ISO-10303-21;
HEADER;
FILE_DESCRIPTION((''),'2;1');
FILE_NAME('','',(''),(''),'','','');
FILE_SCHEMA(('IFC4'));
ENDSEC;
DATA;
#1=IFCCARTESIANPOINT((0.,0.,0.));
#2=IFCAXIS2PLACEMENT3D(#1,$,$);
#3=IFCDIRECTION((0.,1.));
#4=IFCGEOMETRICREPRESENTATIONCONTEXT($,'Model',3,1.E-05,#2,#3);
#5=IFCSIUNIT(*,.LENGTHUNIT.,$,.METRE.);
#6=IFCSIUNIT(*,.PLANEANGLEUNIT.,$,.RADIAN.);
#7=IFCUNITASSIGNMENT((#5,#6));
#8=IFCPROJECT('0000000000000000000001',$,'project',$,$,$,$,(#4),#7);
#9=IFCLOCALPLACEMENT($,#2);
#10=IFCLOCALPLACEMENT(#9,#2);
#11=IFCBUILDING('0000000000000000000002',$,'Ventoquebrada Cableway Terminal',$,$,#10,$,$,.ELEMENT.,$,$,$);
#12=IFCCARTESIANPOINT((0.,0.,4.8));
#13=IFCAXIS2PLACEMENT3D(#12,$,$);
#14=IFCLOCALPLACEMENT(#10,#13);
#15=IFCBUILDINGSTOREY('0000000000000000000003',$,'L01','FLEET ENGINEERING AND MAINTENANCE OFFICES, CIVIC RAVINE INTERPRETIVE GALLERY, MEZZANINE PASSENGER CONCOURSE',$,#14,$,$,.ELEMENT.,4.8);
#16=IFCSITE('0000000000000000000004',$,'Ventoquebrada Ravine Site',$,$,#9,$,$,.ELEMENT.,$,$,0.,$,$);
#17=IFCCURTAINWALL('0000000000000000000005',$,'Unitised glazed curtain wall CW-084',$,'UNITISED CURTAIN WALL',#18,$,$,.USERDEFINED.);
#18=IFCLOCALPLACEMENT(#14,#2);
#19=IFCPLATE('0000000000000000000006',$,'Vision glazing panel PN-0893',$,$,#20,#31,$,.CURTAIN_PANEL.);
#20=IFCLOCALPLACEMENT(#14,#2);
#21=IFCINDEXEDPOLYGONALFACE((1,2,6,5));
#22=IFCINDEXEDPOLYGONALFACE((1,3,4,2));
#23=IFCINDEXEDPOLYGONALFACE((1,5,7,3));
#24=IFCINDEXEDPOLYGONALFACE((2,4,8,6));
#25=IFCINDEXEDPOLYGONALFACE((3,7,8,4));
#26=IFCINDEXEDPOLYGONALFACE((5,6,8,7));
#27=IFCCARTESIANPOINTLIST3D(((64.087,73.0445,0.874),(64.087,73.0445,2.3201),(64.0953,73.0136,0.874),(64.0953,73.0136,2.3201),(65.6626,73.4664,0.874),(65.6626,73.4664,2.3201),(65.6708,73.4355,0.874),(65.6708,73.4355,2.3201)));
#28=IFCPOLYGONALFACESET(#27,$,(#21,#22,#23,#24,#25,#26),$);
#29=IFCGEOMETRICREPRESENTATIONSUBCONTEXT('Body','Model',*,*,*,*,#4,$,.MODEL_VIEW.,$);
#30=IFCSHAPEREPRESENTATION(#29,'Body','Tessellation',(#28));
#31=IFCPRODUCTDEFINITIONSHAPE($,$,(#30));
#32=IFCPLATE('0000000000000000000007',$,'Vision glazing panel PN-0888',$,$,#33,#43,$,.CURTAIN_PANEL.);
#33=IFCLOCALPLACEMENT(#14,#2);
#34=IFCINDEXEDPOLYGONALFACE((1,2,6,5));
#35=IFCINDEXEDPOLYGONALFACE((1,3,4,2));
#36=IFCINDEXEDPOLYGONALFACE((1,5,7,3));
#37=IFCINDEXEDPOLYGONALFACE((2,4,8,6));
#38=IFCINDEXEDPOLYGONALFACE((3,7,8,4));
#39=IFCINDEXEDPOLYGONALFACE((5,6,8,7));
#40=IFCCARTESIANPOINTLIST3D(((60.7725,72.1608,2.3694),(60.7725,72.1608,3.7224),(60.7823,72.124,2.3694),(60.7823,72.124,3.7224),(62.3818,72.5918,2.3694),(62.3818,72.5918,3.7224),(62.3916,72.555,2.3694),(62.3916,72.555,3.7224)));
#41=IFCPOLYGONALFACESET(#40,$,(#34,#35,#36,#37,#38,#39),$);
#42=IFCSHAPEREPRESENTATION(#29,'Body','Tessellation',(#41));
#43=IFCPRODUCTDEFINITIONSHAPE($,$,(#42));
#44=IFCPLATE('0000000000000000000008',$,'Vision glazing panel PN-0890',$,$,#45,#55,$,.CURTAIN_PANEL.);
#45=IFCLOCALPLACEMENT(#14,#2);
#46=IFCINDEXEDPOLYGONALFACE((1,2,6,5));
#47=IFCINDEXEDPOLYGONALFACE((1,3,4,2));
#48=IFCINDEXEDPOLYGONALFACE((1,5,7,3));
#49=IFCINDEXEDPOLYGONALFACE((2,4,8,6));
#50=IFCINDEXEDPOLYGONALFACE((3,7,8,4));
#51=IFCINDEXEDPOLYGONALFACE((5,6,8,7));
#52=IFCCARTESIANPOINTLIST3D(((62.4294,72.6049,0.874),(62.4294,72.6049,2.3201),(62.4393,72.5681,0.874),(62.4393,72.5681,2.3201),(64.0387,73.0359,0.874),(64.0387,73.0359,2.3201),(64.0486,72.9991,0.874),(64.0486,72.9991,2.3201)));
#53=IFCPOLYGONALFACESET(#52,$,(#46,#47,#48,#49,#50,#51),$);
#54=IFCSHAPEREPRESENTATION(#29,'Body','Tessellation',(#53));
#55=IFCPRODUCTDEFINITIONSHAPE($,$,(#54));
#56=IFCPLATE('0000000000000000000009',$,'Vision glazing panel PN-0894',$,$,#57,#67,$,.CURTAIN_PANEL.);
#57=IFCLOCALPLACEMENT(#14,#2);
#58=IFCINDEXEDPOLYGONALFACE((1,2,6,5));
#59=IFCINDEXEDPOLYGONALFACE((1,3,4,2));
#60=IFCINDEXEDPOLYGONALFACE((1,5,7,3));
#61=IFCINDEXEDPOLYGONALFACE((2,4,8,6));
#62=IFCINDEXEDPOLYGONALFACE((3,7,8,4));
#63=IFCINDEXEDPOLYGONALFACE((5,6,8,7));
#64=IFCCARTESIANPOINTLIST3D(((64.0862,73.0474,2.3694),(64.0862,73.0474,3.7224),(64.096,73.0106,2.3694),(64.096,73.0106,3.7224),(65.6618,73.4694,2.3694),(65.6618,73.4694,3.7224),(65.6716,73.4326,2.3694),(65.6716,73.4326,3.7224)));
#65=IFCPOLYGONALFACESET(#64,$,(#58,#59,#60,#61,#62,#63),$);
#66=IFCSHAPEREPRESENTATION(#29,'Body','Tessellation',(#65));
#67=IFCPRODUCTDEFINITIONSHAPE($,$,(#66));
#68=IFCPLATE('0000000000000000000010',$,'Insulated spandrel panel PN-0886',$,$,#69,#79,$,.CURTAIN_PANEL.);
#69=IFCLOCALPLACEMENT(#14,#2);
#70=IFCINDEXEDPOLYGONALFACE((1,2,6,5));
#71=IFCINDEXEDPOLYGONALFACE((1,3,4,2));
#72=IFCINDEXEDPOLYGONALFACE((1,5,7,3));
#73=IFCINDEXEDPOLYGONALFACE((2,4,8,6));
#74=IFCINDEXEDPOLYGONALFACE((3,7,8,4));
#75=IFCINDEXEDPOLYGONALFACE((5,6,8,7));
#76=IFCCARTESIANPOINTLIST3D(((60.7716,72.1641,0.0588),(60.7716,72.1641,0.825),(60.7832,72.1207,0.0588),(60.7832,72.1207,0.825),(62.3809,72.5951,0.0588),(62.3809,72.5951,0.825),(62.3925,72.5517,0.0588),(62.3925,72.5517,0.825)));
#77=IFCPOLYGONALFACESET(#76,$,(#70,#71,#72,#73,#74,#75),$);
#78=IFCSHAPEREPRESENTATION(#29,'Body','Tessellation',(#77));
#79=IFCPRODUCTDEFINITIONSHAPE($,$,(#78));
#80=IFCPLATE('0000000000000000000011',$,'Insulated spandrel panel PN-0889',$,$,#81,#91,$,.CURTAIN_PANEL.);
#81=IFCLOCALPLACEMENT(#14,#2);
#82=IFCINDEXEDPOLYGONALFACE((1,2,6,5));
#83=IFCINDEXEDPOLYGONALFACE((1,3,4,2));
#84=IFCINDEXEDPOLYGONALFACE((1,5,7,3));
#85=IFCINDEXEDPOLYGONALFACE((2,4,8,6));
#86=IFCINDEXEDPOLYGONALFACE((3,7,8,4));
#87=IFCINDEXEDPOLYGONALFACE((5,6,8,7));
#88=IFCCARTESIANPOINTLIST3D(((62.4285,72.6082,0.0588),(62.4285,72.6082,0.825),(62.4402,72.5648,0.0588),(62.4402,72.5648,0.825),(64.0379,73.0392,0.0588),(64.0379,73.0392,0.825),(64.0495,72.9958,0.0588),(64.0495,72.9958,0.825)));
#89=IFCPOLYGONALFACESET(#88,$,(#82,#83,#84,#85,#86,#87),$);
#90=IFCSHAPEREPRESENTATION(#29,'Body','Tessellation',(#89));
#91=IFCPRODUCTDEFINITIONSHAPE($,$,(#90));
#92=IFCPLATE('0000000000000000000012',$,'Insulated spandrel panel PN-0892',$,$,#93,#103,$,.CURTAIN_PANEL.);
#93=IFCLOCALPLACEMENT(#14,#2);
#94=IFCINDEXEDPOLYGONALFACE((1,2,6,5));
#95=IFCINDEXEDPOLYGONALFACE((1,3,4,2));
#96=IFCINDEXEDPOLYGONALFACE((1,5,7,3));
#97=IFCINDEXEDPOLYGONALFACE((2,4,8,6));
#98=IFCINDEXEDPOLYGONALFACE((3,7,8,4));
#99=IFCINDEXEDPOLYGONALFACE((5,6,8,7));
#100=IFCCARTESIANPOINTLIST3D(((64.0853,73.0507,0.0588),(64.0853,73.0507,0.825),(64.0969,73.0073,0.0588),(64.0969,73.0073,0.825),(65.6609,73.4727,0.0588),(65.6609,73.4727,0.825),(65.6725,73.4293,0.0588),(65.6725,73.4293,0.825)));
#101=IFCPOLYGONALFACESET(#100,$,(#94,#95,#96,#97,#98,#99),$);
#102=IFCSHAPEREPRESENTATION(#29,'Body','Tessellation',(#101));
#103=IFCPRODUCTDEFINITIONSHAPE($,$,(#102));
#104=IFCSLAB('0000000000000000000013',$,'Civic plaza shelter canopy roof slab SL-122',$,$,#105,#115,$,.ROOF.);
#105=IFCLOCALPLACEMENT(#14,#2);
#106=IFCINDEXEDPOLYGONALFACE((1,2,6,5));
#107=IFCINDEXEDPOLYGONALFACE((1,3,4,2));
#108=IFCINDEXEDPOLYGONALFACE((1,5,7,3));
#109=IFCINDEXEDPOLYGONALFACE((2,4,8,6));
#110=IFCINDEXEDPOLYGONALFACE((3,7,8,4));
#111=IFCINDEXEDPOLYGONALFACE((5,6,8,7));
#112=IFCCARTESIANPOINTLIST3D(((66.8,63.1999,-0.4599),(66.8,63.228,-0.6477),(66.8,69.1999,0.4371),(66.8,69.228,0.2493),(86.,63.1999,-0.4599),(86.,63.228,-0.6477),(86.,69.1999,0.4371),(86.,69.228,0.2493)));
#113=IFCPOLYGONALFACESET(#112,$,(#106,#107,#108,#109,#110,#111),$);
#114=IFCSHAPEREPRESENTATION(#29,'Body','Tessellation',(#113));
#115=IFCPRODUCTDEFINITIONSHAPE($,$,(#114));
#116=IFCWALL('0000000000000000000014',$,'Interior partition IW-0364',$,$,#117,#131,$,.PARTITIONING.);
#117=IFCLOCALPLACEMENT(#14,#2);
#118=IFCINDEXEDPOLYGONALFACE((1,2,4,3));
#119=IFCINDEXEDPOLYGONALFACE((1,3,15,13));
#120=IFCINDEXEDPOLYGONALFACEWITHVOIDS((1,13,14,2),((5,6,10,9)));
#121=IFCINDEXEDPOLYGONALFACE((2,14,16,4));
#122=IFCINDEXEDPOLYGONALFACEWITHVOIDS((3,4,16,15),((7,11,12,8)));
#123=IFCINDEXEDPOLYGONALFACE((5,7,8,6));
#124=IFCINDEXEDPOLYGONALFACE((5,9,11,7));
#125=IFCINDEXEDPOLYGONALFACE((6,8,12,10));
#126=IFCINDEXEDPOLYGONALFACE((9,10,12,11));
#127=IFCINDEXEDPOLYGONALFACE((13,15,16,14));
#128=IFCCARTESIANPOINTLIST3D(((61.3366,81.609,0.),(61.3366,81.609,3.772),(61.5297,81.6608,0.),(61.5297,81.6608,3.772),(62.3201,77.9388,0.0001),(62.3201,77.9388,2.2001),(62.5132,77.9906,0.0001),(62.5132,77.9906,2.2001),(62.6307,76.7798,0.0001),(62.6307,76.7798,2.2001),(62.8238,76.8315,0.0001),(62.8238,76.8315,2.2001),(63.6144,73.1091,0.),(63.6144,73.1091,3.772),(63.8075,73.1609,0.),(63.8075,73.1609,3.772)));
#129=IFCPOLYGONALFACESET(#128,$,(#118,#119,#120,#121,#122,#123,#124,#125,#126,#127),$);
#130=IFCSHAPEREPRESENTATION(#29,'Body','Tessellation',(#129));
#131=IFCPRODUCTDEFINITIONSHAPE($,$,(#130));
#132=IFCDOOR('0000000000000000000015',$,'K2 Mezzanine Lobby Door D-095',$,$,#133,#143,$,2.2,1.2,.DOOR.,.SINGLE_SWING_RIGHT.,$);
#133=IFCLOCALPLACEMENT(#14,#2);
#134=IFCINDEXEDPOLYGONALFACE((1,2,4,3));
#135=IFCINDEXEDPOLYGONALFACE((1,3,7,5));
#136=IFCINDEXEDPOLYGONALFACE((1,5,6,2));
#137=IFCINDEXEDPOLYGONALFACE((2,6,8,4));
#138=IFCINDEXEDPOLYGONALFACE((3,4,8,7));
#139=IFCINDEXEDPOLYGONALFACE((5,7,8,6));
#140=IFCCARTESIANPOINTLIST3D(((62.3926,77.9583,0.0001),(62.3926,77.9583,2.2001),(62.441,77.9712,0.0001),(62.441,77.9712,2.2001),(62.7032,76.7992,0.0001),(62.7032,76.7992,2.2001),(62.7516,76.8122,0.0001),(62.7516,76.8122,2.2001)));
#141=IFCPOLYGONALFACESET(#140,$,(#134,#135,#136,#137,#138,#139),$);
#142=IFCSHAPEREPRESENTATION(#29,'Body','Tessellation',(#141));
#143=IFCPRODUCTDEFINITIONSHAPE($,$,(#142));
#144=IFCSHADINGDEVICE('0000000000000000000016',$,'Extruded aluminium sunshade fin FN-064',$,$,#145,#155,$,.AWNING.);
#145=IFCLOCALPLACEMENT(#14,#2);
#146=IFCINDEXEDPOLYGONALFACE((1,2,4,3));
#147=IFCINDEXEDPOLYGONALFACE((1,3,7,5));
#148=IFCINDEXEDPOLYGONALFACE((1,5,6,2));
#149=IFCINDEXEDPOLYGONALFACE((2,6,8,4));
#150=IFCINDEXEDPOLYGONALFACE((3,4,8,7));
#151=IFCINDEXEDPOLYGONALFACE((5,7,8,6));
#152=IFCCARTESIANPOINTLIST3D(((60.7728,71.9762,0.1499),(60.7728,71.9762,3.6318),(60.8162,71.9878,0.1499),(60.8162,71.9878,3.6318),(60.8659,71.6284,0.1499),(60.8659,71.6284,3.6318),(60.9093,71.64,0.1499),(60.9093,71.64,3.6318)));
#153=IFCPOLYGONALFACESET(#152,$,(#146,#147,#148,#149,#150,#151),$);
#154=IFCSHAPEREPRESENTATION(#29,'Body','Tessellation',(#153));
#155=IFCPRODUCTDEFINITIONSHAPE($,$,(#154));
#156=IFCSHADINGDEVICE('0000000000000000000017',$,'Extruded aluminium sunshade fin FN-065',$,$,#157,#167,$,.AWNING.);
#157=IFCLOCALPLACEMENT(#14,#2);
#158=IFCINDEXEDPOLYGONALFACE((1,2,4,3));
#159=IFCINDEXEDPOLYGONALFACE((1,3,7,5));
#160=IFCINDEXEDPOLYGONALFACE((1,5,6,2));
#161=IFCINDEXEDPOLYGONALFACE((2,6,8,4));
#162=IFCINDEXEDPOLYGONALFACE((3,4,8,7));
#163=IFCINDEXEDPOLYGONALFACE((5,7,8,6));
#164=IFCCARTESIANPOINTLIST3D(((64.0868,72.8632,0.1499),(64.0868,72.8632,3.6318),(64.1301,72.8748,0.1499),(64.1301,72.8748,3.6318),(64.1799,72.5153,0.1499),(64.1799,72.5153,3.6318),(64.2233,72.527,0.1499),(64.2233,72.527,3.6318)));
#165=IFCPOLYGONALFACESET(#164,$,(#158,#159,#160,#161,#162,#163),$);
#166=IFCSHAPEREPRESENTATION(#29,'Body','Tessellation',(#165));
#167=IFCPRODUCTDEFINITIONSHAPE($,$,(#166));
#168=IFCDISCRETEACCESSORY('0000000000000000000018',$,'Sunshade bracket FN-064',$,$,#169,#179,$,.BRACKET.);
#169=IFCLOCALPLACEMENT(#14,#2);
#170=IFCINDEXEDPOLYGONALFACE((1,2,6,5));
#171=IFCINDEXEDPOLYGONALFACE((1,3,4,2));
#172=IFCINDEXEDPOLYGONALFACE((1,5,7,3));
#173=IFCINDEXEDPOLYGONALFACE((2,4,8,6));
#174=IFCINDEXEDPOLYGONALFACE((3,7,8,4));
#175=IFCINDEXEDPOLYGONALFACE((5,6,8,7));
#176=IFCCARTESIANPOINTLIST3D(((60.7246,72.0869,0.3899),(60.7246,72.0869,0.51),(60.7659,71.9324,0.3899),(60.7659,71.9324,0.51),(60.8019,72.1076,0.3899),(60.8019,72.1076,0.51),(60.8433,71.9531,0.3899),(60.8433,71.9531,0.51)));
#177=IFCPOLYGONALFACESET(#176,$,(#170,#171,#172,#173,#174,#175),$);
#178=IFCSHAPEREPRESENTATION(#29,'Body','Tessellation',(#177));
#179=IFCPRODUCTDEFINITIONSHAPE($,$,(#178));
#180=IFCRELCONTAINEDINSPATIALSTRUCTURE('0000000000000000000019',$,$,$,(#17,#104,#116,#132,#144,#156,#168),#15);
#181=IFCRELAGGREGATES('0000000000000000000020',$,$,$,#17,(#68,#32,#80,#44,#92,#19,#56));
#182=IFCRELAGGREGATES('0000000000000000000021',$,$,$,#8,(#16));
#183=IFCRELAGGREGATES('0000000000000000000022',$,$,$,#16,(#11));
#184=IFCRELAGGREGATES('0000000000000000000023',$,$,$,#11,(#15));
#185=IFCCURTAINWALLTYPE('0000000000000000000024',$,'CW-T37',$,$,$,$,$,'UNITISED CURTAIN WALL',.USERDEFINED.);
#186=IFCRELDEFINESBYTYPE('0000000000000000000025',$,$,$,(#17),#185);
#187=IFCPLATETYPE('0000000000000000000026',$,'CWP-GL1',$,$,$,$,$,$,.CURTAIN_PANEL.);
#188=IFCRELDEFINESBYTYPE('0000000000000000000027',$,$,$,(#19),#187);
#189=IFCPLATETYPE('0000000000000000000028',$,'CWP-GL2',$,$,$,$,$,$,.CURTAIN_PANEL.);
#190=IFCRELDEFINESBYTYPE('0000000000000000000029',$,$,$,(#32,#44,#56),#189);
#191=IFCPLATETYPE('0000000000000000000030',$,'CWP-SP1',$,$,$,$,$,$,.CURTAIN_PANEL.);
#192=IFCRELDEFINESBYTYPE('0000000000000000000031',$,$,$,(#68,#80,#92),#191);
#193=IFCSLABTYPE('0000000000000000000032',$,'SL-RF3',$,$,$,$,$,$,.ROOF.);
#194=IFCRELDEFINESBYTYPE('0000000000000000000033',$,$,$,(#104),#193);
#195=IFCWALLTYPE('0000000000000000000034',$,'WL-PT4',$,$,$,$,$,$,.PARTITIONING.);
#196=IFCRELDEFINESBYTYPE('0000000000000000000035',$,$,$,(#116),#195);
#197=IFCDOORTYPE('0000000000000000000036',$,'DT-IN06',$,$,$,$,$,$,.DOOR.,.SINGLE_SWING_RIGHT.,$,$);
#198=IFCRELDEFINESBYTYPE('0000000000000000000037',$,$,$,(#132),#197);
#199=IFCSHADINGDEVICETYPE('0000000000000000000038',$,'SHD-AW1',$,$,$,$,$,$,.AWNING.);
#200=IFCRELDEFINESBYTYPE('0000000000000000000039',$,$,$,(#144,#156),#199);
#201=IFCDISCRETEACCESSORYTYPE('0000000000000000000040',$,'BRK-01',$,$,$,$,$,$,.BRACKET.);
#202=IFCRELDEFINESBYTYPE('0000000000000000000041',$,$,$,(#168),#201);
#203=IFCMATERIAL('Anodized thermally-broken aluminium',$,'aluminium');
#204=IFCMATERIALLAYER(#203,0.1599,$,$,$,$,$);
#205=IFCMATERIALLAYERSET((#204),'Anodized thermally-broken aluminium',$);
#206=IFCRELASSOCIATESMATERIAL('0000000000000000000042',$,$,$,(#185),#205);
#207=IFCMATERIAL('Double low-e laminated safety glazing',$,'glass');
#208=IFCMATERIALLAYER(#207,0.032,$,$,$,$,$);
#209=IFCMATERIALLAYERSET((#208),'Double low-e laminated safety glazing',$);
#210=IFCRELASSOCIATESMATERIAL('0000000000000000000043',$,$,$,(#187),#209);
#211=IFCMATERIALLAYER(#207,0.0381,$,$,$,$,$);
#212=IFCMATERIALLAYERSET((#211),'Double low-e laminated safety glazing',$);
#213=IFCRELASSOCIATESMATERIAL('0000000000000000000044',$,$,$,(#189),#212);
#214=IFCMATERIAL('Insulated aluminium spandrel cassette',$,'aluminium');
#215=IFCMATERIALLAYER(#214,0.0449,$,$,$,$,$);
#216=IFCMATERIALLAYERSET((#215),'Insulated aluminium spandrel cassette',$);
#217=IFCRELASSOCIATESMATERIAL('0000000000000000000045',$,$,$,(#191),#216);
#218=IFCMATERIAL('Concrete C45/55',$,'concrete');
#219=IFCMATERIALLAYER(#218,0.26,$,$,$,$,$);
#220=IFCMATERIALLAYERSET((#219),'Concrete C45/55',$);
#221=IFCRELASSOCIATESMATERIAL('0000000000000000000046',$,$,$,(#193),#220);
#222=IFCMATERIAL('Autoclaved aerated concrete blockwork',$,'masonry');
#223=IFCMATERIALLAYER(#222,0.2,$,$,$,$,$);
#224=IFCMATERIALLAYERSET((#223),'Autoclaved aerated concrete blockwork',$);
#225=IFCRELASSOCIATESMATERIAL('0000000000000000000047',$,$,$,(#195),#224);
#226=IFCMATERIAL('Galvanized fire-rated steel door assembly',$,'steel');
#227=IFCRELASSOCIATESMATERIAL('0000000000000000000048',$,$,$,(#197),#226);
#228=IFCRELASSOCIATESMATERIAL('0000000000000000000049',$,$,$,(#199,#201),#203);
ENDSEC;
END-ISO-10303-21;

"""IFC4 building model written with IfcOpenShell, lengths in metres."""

from ifc_helpers import new_model, si_unit, direction, frame, frame_2d, origin, origin_2d, place, context, subcontext, project, spatial, polyline, rectangle, outline, extrude, material, layer, layer_set, type_object, element, fill, aggregate, save


model = new_model("IFC4")

# Units and contexts
model_context = context("Model", 3, precision=1e-05, world=origin(), true_north=direction((0.0, 1.0)))
body_context = subcontext(model_context, "Body", "Model", "MODEL_VIEW")
ifc_project = project(units=[si_unit("LENGTHUNIT", "METRE"), si_unit("PLANEANGLEUNIT", "RADIAN")], contexts=[model_context])

# Site, building, storey
site_placement = place(None, origin())
site = spatial("IfcSite", under=ifc_project, at=site_placement, Name="Ventoquebrada Ravine Site", CompositionType="ELEMENT", RefElevation=0.0)
building_placement = place(site_placement, origin())
building = spatial("IfcBuilding", under=site, at=building_placement, Name="Ventoquebrada Cableway Terminal", CompositionType="ELEMENT")
storey_placement = place(building_placement, frame((0.0, 0.0, 4.8)))
storey = spatial("IfcBuildingStorey", under=building, at=storey_placement, Name="L01", Description="FLEET ENGINEERING AND MAINTENANCE OFFICES, CIVIC RAVINE INTERPRETIVE GALLERY, MEZZANINE PASSENGER CONCOURSE", CompositionType="ELEMENT", Elevation=4.8)

# Curtain wall
ifc_material_1 = material(Name="Anodized thermally-broken aluminium", Category="aluminium")
ifc_layer_1 = layer(ifc_material_1, 0.1599)
ifc_layer_set_1 = layer_set([ifc_layer_1], Name="Anodized thermally-broken aluminium")
curtain_wall_type_1 = type_object("IfcCurtainWallType", Name="CW-T37", ElementType="UNITISED CURTAIN WALL", PredefinedType="USERDEFINED", material=ifc_layer_set_1)
curtain_wall_1_placement = place(storey_placement, origin())
curtain_wall_1 = element("IfcCurtainWall", 1, at=curtain_wall_1_placement, inside=storey, type_object=curtain_wall_type_1, Name="Unitised glazed curtain wall CW-084", ObjectType="UNITISED CURTAIN WALL", PredefinedType="USERDEFINED")

# Plates
ifc_material_2 = material(Name="Double low-e laminated safety glazing", Category="glass")
ifc_layer_2 = layer(ifc_material_2, 0.032)
ifc_layer_set_2 = layer_set([ifc_layer_2], Name="Double low-e laminated safety glazing")
plate_type_1 = type_object("IfcPlateType", Name="CWP-GL1", PredefinedType="CURTAIN_PANEL", material=ifc_layer_set_2)
plate_1_placement = place(storey_placement, frame((64.8789, 73.24, 0.874), z_axis=(0.0, 0.0, 1.0), x_axis=(0.965962, 0.258684, 0.0)))
plate_1 = element("IfcPlate", 2, at=plate_1_placement, type_object=plate_type_1, Name="Vision glazing panel PN-0893", PredefinedType="CURTAIN_PANEL", context=body_context, shape_type="SweptSolid", body=[
    extrude(rectangle(XDim=1.6311, YDim=0.032, at=origin_2d()), origin(), (0.0, 0.0, 1.0), 1.446),
])
ifc_layer_3 = layer(ifc_material_2, 0.0381)
ifc_layer_set_3 = layer_set([ifc_layer_3], Name="Double low-e laminated safety glazing")
plate_type_2 = type_object("IfcPlateType", Name="CWP-GL2", PredefinedType="CURTAIN_PANEL", material=ifc_layer_set_3)
plate_2_placement = place(storey_placement, frame((61.582, 72.3579, 2.3694), z_axis=(0.0, 0.0, 1.0), x_axis=(0.965962, 0.258684, 0.0)))
plate_2 = element("IfcPlate", 3, at=plate_2_placement, type_object=plate_type_2, Name="Vision glazing panel PN-0888", PredefinedType="CURTAIN_PANEL", context=body_context, shape_type="SweptSolid", body=[
    extrude(rectangle(XDim=1.666, YDim=0.0381, at=origin_2d()), origin(), (0.0, 0.0, 1.0), 1.353),
])
plate_3_placement = place(storey_placement, frame((63.239, 72.802, 0.874), z_axis=(0.0, 0.0, 1.0), x_axis=(0.965962, 0.258684, 0.0)))
plate_3 = element("IfcPlate", 4, at=plate_3_placement, type_object=plate_type_2, Name="Vision glazing panel PN-0890", PredefinedType="CURTAIN_PANEL", context=body_context, shape_type="SweptSolid", body=[
    extrude(rectangle(XDim=1.666, YDim=0.0381, at=origin_2d()), origin(), (0.0, 0.0, 1.0), 1.446),
])
plate_4_placement = place(storey_placement, frame((64.8789, 73.24, 2.3694), z_axis=(0.0, 0.0, 1.0), x_axis=(0.965962, 0.258684, 0.0)))
plate_4 = element("IfcPlate", 5, at=plate_4_placement, type_object=plate_type_2, Name="Vision glazing panel PN-0894", PredefinedType="CURTAIN_PANEL", context=body_context, shape_type="SweptSolid", body=[
    extrude(rectangle(XDim=1.6311, YDim=0.0381, at=origin_2d()), origin(), (0.0, 0.0, 1.0), 1.353),
])
ifc_material_3 = material(Name="Insulated aluminium spandrel cassette", Category="aluminium")
ifc_layer_4 = layer(ifc_material_3, 0.0449)
ifc_layer_set_4 = layer_set([ifc_layer_4], Name="Insulated aluminium spandrel cassette")
plate_type_3 = type_object("IfcPlateType", Name="CWP-SP1", PredefinedType="CURTAIN_PANEL", material=ifc_layer_set_4)
plate_5_placement = place(storey_placement, frame((61.582, 72.3579, 0.0588), z_axis=(0.0, 0.0, 1.0), x_axis=(0.965962, 0.258684, 0.0)))
plate_5 = element("IfcPlate", 6, at=plate_5_placement, type_object=plate_type_3, Name="Insulated spandrel panel PN-0886", PredefinedType="CURTAIN_PANEL", context=body_context, shape_type="SweptSolid", body=[
    extrude(rectangle(XDim=1.666, YDim=0.0449, at=origin_2d()), origin(), (0.0, 0.0, 1.0), 0.7661),
])
plate_6_placement = place(storey_placement, frame((63.239, 72.802, 0.0588), z_axis=(0.0, 0.0, 1.0), x_axis=(0.965962, 0.258684, 0.0)))
plate_6 = element("IfcPlate", 7, at=plate_6_placement, type_object=plate_type_3, Name="Insulated spandrel panel PN-0889", PredefinedType="CURTAIN_PANEL", context=body_context, shape_type="SweptSolid", body=[
    extrude(rectangle(XDim=1.666, YDim=0.0449, at=origin_2d()), origin(), (0.0, 0.0, 1.0), 0.7661),
])
plate_7_placement = place(storey_placement, frame((64.8789, 73.24, 0.0588), z_axis=(0.0, 0.0, 1.0), x_axis=(0.965962, 0.258684, 0.0)))
plate_7 = element("IfcPlate", 8, at=plate_7_placement, type_object=plate_type_3, Name="Insulated spandrel panel PN-0892", PredefinedType="CURTAIN_PANEL", context=body_context, shape_type="SweptSolid", body=[
    extrude(rectangle(XDim=1.6311, YDim=0.0449, at=origin_2d()), origin(), (0.0, 0.0, 1.0), 0.7661),
])
aggregate(curtain_wall_1, [plate_5, plate_2, plate_6, plate_3, plate_7, plate_1, plate_4])

# Slab
ifc_material_4 = material(Name="Concrete C45/55", Category="concrete")
ifc_layer_5 = layer(ifc_material_4, 0.26)
ifc_layer_set_5 = layer_set([ifc_layer_5], Name="Concrete C45/55")
slab_type = type_object("IfcSlabType", Name="SL-RF3", PredefinedType="ROOF", material=ifc_layer_set_5)
slab_placement = place(storey_placement, frame((66.8, 63.228, -0.6477), z_axis=(0.0, -0.147852, 0.989009), x_axis=(1.0, 0.0, 0.0)))
element("IfcSlab", 9, at=slab_placement, inside=storey, type_object=slab_type, Name="Civic plaza shelter canopy roof slab SL-122", PredefinedType="ROOF", context=body_context, shape_type="SweptSolid", body=[
    extrude(outline(polyline([(0.0, 0.0), (19.2, 0.0), (19.2, 6.0667), (0.0, 6.0667), (0.0, 0.0)])), origin(), (0.0, 0.0, 1.0), 0.1899),
])

# Wall, opening, door
ifc_material_5 = material(Name="Autoclaved aerated concrete blockwork", Category="masonry")
ifc_layer_6 = layer(ifc_material_5, 0.2)
ifc_layer_set_6 = layer_set([ifc_layer_6], Name="Autoclaved aerated concrete blockwork")
wall_type = type_object("IfcWallType", Name="WL-PT4", PredefinedType="PARTITIONING", material=ifc_layer_set_6)
wall_placement = place(storey_placement, frame((63.7109, 73.135, 0.0), z_axis=(0.0, 0.0, 1.0), x_axis=(-0.258847, 0.965918, 0.0)))
wall = element("IfcWall", 10, at=wall_placement, inside=storey, type_object=wall_type, Name="Interior partition IW-0364", PredefinedType="PARTITIONING", context=body_context, shape_type="SweptSolid", body=[
    extrude(rectangle(XDim=8.7998, YDim=0.2, at=frame_2d((4.3999, 0.0))), origin(), (0.0, 0.0, 1.0), 3.772),
])
opening_placement = place(wall_placement, frame((3.8, 0.0, 0.0)))
opening = element("IfcOpeningElement", 11, at=opening_placement, cuts=wall, PredefinedType="OPENING", context=body_context, shape_type="SweptSolid", body=[
    extrude(rectangle(XDim=1.2, YDim=2.2, at=frame_2d((0.6001, 1.1001))), frame((0.0, 0.1099, 0.0), z_axis=(0.0, -1.0, 0.0), x_axis=(1.0, 0.0, 0.0)), (0.0, 0.0, 1.0), 0.22),
])
ifc_material_6 = material(Name="Galvanized fire-rated steel door assembly", Category="steel")
door_type = type_object("IfcDoorType", Name="DT-IN06", OperationType="SINGLE_SWING_RIGHT", PredefinedType="DOOR", material=ifc_material_6)
door_placement = place(opening_placement, origin())
door = element("IfcDoor", 12, at=door_placement, inside=storey, type_object=door_type, Name="K2 Mezzanine Lobby Door D-095", OperationType="SINGLE_SWING_RIGHT", OverallHeight=2.2, OverallWidth=1.2, PredefinedType="DOOR", context=body_context, shape_type="SweptSolid", body=[
    extrude(rectangle(XDim=1.2, YDim=2.2, at=frame_2d((0.6001, 1.1001))), frame((0.0, 0.0249, 0.0), z_axis=(0.0, -1.0, 0.0), x_axis=(1.0, 0.0, 0.0)), (0.0, 0.0, 1.0), 0.05),
])
fill(opening, door)

# Shading devices
shading_device_type = type_object("IfcShadingDeviceType", Name="SHD-AW1", PredefinedType="AWNING", material=ifc_material_1)
for number, where, z_axis, x_axis, name in (
    (13, (60.8411, 71.8081, 0.1499), (0.0, 0.0, 1.0), (0.965962, 0.258684, 0.0), "Extruded aluminium sunshade fin FN-064"),
    (14, (64.155, 72.6951, 0.1499), (0.0, 0.0, 1.0), (0.965962, 0.258684, 0.0), "Extruded aluminium sunshade fin FN-065"),
):
    element("IfcShadingDevice", number, at=place(storey_placement, frame(where, z_axis=z_axis, x_axis=x_axis)), inside=storey, type_object=shading_device_type, Name=name, PredefinedType="AWNING", context=body_context, shape_type="SweptSolid", body=[
        extrude(rectangle(XDim=0.0449, YDim=0.3601, at=origin_2d()), origin(), (0.0, 0.0, 1.0), 3.4819),
    ])

# Discrete accessory
discrete_accessory_type = type_object("IfcDiscreteAccessoryType", Name="BRK-01", PredefinedType="BRACKET", material=ifc_material_1)
for number, where, z_axis, x_axis, name in (
    (15, (60.7839, 72.02, 0.3899), (0.0, 0.0, 1.0), (0.965962, 0.258684, 0.0), "Sunshade bracket FN-064"),
):
    element("IfcDiscreteAccessory", number, at=place(storey_placement, frame(where, z_axis=z_axis, x_axis=x_axis)), inside=storey, type_object=discrete_accessory_type, Name=name, PredefinedType="BRACKET", context=body_context, shape_type="SweptSolid", body=[
        extrude(rectangle(XDim=0.0801, YDim=0.1599, at=origin_2d()), origin(), (0.0, 0.0, 1.0), 0.1201),
    ])

save(model, "model.ifc")
